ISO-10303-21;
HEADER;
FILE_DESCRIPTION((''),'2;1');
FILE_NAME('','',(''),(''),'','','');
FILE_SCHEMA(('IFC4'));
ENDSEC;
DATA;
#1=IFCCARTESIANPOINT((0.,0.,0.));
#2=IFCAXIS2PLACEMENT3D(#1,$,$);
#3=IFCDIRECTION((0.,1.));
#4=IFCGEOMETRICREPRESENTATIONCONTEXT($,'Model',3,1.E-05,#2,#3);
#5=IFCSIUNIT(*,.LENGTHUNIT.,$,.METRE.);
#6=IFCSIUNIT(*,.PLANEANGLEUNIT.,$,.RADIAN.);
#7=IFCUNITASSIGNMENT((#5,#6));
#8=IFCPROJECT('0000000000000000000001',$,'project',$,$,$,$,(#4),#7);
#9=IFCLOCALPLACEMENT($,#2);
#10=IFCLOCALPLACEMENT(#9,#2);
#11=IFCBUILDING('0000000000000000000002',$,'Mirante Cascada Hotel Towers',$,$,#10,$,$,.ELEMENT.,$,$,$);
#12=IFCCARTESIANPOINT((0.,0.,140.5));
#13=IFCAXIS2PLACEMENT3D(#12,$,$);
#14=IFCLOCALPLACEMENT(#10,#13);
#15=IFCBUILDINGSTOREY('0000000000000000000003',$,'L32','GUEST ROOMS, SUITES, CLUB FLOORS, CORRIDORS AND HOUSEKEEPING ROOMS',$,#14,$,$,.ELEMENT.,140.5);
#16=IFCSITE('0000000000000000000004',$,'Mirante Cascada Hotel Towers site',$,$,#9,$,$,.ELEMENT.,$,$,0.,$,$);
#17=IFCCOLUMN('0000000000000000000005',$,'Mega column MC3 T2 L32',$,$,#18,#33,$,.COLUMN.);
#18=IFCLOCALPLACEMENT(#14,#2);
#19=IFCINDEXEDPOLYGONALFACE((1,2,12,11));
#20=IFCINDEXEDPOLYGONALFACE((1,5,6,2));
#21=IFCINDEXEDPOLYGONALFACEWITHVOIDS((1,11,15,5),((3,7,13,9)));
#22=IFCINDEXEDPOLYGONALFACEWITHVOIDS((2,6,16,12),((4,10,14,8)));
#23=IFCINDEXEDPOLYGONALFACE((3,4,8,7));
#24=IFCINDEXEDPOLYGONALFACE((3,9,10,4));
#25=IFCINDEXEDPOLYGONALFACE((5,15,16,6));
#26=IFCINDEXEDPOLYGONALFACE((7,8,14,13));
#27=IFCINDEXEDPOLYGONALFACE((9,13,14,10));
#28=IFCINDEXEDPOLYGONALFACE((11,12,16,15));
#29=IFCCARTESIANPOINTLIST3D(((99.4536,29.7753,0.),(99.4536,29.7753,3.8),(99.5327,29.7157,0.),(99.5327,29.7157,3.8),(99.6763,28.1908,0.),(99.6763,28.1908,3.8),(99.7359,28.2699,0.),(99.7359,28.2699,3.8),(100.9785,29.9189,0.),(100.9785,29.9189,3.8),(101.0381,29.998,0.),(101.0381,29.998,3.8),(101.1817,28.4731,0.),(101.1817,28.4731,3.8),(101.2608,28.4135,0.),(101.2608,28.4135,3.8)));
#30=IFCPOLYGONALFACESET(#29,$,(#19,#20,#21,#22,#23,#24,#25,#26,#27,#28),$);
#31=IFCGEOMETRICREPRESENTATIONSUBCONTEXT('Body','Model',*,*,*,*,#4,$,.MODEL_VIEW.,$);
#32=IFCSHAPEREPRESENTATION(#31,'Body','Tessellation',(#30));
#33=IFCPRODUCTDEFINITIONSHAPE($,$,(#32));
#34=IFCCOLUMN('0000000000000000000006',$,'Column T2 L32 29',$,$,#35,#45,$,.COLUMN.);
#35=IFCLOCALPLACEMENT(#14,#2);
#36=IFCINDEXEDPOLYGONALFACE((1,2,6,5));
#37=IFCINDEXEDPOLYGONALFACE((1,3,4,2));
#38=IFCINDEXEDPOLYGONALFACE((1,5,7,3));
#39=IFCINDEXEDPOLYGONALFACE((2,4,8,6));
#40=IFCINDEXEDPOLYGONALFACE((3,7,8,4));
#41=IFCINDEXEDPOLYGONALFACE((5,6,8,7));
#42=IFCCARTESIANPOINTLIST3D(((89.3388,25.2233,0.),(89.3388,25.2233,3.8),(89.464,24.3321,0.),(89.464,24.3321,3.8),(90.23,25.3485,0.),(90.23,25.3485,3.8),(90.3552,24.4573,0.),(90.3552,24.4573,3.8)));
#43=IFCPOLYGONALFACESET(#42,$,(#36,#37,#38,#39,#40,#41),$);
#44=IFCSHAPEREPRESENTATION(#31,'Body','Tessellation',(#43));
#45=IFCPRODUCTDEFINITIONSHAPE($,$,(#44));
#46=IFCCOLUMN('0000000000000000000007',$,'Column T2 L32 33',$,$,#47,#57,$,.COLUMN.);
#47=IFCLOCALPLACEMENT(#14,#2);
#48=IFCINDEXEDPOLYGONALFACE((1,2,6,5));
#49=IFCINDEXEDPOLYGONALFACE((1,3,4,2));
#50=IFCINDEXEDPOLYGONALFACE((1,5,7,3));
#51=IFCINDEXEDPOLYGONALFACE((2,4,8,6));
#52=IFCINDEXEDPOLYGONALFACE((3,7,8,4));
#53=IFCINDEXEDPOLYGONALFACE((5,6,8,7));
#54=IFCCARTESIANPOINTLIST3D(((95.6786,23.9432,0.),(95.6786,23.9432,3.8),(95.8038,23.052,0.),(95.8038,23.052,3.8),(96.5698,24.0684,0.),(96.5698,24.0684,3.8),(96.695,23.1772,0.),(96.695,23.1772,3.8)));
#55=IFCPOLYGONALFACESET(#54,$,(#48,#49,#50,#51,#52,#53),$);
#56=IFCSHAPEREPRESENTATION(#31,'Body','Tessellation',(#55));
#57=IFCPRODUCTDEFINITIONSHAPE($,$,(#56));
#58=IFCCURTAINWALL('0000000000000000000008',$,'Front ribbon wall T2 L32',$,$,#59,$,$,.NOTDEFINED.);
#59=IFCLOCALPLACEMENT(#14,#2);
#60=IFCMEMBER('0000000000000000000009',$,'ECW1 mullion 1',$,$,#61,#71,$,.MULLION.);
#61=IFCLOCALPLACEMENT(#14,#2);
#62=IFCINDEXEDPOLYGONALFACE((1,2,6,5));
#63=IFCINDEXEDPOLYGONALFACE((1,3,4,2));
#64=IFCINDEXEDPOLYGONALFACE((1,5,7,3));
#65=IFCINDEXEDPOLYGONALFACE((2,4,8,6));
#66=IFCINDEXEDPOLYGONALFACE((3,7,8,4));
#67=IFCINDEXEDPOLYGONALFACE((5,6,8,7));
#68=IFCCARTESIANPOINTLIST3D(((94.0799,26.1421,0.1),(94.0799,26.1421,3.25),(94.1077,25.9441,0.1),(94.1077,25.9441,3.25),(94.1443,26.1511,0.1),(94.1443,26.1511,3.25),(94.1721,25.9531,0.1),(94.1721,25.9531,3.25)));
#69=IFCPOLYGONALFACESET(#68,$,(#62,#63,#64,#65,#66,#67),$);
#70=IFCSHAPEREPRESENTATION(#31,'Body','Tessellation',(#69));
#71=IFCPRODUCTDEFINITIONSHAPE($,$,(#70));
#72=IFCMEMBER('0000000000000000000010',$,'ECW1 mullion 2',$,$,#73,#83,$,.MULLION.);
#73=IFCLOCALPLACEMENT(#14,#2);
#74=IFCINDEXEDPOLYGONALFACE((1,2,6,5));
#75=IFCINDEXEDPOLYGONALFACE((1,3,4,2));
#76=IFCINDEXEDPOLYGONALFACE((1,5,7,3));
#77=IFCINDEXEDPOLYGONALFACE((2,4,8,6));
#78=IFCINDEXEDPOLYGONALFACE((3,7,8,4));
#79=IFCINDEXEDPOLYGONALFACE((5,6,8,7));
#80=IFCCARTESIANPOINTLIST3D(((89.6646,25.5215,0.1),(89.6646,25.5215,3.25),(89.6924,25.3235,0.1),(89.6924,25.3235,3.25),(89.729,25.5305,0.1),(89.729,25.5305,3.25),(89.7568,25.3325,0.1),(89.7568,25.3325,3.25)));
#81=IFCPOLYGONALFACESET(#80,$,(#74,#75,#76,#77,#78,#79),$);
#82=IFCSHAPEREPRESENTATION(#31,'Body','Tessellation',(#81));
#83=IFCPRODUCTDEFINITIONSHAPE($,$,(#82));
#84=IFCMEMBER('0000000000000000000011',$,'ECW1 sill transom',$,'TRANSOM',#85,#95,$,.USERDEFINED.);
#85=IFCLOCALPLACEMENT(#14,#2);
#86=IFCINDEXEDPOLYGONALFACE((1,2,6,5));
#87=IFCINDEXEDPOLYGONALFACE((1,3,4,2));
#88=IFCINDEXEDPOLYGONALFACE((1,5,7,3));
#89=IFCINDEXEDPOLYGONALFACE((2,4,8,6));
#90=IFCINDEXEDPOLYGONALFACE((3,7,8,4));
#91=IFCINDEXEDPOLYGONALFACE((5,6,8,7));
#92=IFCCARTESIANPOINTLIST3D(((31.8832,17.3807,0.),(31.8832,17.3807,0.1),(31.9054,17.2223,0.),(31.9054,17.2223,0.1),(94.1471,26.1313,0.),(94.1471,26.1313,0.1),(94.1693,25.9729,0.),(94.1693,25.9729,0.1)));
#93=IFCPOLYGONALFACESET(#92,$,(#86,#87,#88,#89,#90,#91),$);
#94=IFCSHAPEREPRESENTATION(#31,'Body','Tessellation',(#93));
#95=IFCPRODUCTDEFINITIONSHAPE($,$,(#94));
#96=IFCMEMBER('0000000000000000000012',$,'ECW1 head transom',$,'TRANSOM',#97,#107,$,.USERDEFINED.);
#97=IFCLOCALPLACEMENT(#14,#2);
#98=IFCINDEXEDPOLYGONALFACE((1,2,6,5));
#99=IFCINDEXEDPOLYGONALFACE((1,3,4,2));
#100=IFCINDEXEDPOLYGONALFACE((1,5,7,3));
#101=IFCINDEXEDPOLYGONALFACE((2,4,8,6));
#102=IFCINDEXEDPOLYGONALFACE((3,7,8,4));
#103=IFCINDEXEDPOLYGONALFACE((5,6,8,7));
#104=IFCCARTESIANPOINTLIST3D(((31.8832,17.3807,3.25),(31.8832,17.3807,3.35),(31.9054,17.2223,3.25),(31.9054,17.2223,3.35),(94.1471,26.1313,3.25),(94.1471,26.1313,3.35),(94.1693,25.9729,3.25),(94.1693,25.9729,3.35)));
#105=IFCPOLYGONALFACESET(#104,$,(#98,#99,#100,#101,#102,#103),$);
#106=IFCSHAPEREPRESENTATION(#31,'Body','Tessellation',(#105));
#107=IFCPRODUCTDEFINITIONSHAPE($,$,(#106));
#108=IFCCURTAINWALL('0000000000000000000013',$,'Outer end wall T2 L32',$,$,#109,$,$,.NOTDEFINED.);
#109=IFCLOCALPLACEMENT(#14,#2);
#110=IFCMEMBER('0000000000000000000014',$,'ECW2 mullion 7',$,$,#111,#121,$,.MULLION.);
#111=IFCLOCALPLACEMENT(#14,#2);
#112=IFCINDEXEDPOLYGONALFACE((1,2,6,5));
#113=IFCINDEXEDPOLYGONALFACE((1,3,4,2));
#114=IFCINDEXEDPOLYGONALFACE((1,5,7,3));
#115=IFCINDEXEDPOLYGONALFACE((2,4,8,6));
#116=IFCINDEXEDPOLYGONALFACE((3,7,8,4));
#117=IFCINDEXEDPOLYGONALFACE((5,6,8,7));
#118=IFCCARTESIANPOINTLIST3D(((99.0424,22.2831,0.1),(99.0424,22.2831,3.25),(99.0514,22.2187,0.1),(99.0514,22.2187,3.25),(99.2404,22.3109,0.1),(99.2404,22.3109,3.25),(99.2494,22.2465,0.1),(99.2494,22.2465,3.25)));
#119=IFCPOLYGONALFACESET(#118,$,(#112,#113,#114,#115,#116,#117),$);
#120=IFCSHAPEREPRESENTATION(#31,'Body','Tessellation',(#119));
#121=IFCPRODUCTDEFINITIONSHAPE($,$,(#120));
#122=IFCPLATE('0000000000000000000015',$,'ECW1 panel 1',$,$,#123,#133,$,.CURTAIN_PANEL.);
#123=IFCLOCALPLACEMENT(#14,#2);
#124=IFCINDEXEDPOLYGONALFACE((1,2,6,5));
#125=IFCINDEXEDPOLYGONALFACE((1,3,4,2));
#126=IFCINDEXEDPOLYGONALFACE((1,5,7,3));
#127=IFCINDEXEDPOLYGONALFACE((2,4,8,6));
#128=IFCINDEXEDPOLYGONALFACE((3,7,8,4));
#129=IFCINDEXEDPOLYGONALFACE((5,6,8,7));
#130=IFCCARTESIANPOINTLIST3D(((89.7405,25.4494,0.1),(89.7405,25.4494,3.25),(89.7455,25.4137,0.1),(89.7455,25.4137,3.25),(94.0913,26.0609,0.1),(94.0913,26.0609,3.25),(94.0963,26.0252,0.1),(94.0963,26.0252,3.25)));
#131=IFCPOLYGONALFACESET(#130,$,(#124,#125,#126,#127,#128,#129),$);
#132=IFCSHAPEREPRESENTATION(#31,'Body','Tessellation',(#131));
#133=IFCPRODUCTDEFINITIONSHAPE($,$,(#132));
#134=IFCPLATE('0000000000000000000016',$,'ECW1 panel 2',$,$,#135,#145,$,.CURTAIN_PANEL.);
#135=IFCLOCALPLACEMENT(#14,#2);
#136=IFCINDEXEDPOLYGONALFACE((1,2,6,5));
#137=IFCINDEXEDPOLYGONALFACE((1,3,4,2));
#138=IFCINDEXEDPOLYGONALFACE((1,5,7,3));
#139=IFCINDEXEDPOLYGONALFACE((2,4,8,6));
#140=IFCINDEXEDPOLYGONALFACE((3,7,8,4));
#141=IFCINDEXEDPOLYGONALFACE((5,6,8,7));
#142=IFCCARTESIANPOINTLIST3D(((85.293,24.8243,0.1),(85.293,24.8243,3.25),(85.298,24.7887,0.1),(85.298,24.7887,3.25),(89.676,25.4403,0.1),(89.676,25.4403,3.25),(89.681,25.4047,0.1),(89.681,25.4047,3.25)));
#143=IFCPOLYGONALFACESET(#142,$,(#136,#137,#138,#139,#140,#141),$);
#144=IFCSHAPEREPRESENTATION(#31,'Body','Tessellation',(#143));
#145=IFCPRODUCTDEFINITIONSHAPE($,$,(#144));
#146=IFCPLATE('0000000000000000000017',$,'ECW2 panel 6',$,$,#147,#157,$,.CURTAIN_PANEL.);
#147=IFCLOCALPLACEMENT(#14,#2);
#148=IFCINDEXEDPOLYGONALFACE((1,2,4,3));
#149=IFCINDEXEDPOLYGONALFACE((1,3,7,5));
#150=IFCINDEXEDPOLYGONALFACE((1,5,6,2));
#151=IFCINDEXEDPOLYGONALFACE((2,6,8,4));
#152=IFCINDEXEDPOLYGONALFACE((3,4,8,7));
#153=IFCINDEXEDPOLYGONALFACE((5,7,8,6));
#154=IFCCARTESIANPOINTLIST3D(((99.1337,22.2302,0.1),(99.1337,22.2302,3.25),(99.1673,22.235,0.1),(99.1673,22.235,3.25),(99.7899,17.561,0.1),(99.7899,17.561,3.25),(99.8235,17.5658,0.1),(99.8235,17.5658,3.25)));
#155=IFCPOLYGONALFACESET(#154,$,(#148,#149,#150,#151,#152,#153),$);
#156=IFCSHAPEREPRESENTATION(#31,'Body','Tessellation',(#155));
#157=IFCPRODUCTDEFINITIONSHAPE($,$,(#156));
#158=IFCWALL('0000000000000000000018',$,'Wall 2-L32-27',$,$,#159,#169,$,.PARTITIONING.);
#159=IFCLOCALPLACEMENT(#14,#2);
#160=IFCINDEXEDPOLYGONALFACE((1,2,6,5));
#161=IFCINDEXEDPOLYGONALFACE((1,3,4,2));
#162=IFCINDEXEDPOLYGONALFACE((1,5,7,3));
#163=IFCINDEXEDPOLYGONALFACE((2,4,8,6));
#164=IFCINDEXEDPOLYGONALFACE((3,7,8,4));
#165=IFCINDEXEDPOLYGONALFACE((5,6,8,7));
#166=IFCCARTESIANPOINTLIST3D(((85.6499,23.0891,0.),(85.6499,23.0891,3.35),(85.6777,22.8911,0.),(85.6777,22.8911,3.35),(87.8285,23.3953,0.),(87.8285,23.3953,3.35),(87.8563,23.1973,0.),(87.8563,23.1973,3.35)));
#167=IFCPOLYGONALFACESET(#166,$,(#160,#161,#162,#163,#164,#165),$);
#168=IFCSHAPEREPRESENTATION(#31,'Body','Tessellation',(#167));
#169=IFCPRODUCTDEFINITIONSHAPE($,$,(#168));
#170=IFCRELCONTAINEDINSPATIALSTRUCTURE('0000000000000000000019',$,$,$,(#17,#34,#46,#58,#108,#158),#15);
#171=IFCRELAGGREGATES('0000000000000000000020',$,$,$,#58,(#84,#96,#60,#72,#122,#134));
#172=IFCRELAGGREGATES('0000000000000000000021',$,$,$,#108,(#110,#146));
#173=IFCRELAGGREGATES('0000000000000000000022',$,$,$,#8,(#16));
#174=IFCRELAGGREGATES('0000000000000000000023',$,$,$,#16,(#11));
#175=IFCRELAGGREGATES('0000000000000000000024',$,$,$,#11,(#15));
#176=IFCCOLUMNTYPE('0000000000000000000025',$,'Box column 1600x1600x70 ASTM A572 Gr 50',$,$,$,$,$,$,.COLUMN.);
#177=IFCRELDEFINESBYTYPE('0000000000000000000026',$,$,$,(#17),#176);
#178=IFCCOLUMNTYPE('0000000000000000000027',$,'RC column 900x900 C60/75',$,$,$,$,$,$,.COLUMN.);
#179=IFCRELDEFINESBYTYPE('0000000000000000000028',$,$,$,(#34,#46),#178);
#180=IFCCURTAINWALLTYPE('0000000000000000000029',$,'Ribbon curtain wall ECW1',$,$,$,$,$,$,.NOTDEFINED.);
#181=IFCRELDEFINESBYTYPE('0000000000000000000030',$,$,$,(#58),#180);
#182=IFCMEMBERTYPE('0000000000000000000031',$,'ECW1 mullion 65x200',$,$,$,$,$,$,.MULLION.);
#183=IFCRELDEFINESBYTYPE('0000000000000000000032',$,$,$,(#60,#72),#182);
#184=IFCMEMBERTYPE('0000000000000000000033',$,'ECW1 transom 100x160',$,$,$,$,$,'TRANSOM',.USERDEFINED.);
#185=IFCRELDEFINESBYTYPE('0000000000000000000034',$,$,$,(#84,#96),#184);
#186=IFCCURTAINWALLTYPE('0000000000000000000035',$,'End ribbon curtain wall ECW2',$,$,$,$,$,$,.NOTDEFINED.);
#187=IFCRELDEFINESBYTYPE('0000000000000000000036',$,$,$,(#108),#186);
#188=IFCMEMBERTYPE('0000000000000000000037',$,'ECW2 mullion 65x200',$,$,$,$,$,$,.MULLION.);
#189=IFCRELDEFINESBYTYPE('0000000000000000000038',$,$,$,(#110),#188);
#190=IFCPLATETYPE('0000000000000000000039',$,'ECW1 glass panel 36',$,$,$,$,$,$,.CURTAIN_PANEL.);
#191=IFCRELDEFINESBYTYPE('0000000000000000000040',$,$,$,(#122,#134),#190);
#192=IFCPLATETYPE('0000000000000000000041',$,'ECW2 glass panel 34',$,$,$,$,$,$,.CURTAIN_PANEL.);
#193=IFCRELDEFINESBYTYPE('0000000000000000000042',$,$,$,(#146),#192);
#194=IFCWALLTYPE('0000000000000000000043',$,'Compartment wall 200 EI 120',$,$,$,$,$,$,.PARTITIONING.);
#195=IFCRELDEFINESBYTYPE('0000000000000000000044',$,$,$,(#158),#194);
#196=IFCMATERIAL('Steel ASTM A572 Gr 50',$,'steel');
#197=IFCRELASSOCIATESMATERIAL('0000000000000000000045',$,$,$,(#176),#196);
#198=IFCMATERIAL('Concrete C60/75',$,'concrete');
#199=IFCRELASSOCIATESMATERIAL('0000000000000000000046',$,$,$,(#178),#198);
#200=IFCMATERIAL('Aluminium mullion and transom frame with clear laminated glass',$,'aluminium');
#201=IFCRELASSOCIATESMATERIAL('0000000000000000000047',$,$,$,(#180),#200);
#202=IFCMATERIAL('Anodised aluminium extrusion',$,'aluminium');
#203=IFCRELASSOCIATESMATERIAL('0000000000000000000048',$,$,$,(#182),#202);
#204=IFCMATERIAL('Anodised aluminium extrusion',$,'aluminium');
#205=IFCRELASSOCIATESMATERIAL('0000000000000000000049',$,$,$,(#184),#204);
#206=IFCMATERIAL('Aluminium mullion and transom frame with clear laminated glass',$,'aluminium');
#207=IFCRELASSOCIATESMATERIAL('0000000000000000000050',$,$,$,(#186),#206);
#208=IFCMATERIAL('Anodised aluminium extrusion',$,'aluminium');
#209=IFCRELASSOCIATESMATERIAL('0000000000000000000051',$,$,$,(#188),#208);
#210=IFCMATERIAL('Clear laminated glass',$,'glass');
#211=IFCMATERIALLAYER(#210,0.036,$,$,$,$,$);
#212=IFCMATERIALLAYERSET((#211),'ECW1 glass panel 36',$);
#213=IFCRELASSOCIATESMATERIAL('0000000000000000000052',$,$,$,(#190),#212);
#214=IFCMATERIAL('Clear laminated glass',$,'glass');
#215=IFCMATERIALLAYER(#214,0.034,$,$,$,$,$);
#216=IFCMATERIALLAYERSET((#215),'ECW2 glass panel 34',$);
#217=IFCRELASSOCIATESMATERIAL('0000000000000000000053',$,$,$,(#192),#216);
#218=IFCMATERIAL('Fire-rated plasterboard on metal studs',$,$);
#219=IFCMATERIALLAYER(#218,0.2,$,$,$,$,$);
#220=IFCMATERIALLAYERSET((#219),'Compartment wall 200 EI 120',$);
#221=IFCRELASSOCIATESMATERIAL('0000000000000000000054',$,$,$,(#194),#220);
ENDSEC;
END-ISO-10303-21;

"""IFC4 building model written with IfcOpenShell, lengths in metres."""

from ifc_helpers import new_model, si_unit, direction, frame, frame_2d, origin, origin_2d, place, context, subcontext, project, spatial, rectangle, hollow_rectangle, extrude, material, layer, layer_set, material_profile, profile_set, type_object, element, aggregate, save


model = new_model("IFC4")

# Units and contexts
model_context = context("Model", 3, precision=1e-05, world=origin(), true_north=direction((0.0, 1.0)))
body_context = subcontext(model_context, "Body", "Model", "MODEL_VIEW")
ifc_project = project(units=[si_unit("LENGTHUNIT", "METRE"), si_unit("PLANEANGLEUNIT", "RADIAN")], contexts=[model_context])

# Site, building, storey
site_placement = place(None, origin())
site = spatial("IfcSite", under=ifc_project, at=site_placement, Name="Mirante Cascada Hotel Towers site", CompositionType="ELEMENT", RefElevation=0.0)
building_placement = place(site_placement, origin())
building = spatial("IfcBuilding", under=site, at=building_placement, Name="Mirante Cascada Hotel Towers", CompositionType="ELEMENT")
storey_placement = place(building_placement, frame((0.0, 0.0, 140.5)))
storey = spatial("IfcBuildingStorey", under=building, at=storey_placement, Name="L32", Description="GUEST ROOMS, SUITES, CLUB FLOORS, CORRIDORS AND HOUSEKEEPING ROOMS", CompositionType="ELEMENT", Elevation=140.5)

# Columns
ifc_material_1 = material(Name="Steel ASTM A572 Gr 50", Category="steel")
ifc_material_profile_1 = material_profile(ifc_material_1, hollow_rectangle(XDim=1.6, YDim=1.6, WallThickness=0.07, at=origin_2d()), Name="Box column 1600x1600x70 ASTM A572 Gr 50")
ifc_profile_set_1 = profile_set([ifc_material_profile_1], Name="Steel ASTM A572 Gr 50")
column_type_1 = type_object("IfcColumnType", Name="Box column 1600x1600x70 ASTM A572 Gr 50", PredefinedType="COLUMN", material=ifc_profile_set_1)
column_placement = place(storey_placement, frame((100.3572, 29.0944, 0.0), z_axis=(0.0, 0.0, 1.0), x_axis=(0.990268, 0.139173, 0.0)))
element("IfcColumn", 1, at=column_placement, inside=storey, type_object=column_type_1, Name="Mega column MC3 T2 L32", PredefinedType="COLUMN", context=body_context, shape_type="SweptSolid", body=[
    extrude(hollow_rectangle(XDim=1.6, YDim=1.6, WallThickness=0.07, at=origin_2d()), origin(), (0.0, 0.0, 1.0), 3.8),
])
ifc_material_2 = material(Name="Concrete C60/75", Category="concrete")
ifc_material_profile_2 = material_profile(ifc_material_2, rectangle(XDim=0.9, YDim=0.9, at=origin_2d()), Name="RC column 900x900 C60/75")
ifc_profile_set_2 = profile_set([ifc_material_profile_2], Name="Concrete C60/75")
column_type_2 = type_object("IfcColumnType", Name="RC column 900x900 C60/75", PredefinedType="COLUMN", material=ifc_profile_set_2)
for number, where, z_axis, x_axis, name in (
    (2, (89.847, 24.8403, 0.0), (0.0, 0.0, 1.0), (0.990268, 0.139173, 0.0), "Column T2 L32 29"),
    (3, (96.1868, 23.5602, 0.0), (0.0, 0.0, 1.0), (0.990268, 0.139173, 0.0), "Column T2 L32 33"),
):
    element("IfcColumn", number, at=place(storey_placement, frame(where, z_axis=z_axis, x_axis=x_axis)), inside=storey, type_object=column_type_2, Name=name, PredefinedType="COLUMN", context=body_context, shape_type="SweptSolid", body=[
        extrude(rectangle(XDim=0.9, YDim=0.9, at=origin_2d()), origin(), (0.0, 0.0, 1.0), 3.8),
    ])

# Curtain wall, members
ifc_material_3 = material(Name="Aluminium mullion and transom frame with clear laminated glass", Category="aluminium")
curtain_wall_type_1 = type_object("IfcCurtainWallType", Name="Ribbon curtain wall ECW1", PredefinedType="NOTDEFINED", material=ifc_material_3)
curtain_wall_1_placement = place(storey_placement, origin())
curtain_wall_1 = element("IfcCurtainWall", 4, at=curtain_wall_1_placement, inside=storey, type_object=curtain_wall_type_1, Name="Front ribbon wall T2 L32", PredefinedType="NOTDEFINED")
ifc_material_4 = material(Name="Anodised aluminium extrusion", Category="aluminium")
ifc_material_profile_3 = material_profile(ifc_material_4, rectangle(XDim=0.2, YDim=0.065, at=origin_2d()), Name="ECW1 MULLION 65x200")
ifc_profile_set_3 = profile_set([ifc_material_profile_3], Name="Anodised aluminium extrusion")
member_type_1 = type_object("IfcMemberType", Name="ECW1 mullion 65x200", PredefinedType="MULLION", material=ifc_profile_set_3)
member_1_placement = place(storey_placement, frame((94.126, 26.0476, 0.1), z_axis=(0.0, 0.0, 1.0), x_axis=(0.139173, -0.990268, 0.0)))
member_1 = element("IfcMember", 5, at=member_1_placement, type_object=member_type_1, Name="ECW1 mullion 1", PredefinedType="MULLION", context=body_context, shape_type="SweptSolid", body=[
    extrude(rectangle(XDim=0.2, YDim=0.065, at=origin_2d()), origin(), (0.0, 0.0, 1.0), 3.15),
])
member_2_placement = place(storey_placement, frame((89.7107, 25.427, 0.1), z_axis=(0.0, 0.0, 1.0), x_axis=(0.139173, -0.990268, 0.0)))
member_2 = element("IfcMember", 6, at=member_2_placement, type_object=member_type_1, Name="ECW1 mullion 2", PredefinedType="MULLION", context=body_context, shape_type="SweptSolid", body=[
    extrude(rectangle(XDim=0.2, YDim=0.065, at=origin_2d()), origin(), (0.0, 0.0, 1.0), 3.15),
])
ifc_material_5 = material(Name="Anodised aluminium extrusion", Category="aluminium")
ifc_material_profile_4 = material_profile(ifc_material_5, rectangle(XDim=0.16, YDim=0.1, at=origin_2d()), Name="ECW1 TRANSOM 100x160")
ifc_profile_set_4 = profile_set([ifc_material_profile_4], Name="Anodised aluminium extrusion")
member_type_2 = type_object("IfcMemberType", Name="ECW1 transom 100x160", ElementType="TRANSOM", PredefinedType="USERDEFINED", material=ifc_profile_set_4)
member_3_placement = place(storey_placement, frame((94.1582, 26.0521, 0.05), z_axis=(-0.990268, -0.139173, 0.0), x_axis=(0.139173, -0.990268, 0.0)))
member_3 = element("IfcMember", 7, at=member_3_placement, type_object=member_type_2, Name="ECW1 sill transom", ObjectType="TRANSOM", PredefinedType="USERDEFINED", context=body_context, shape_type="SweptSolid", body=[
    extrude(rectangle(XDim=0.16, YDim=0.1, at=origin_2d()), origin(), (0.0, 0.0, 1.0), 62.8758),
])
member_4_placement = place(storey_placement, frame((94.1582, 26.0521, 3.3), z_axis=(-0.990268, -0.139173, 0.0), x_axis=(0.139173, -0.990268, 0.0)))
member_4 = element("IfcMember", 8, at=member_4_placement, type_object=member_type_2, Name="ECW1 head transom", ObjectType="TRANSOM", PredefinedType="USERDEFINED", context=body_context, shape_type="SweptSolid", body=[
    extrude(rectangle(XDim=0.16, YDim=0.1, at=origin_2d()), origin(), (0.0, 0.0, 1.0), 62.8758),
])

# Curtain wall, member
ifc_material_6 = material(Name="Aluminium mullion and transom frame with clear laminated glass", Category="aluminium")
curtain_wall_type_2 = type_object("IfcCurtainWallType", Name="End ribbon curtain wall ECW2", PredefinedType="NOTDEFINED", material=ifc_material_6)
curtain_wall_2_placement = place(storey_placement, origin())
curtain_wall_2 = element("IfcCurtainWall", 9, at=curtain_wall_2_placement, inside=storey, type_object=curtain_wall_type_2, Name="Outer end wall T2 L32", PredefinedType="NOTDEFINED")
ifc_material_7 = material(Name="Anodised aluminium extrusion", Category="aluminium")
ifc_material_profile_5 = material_profile(ifc_material_7, rectangle(XDim=0.2, YDim=0.065, at=origin_2d()), Name="ECW2 MULLION 65x200")
ifc_profile_set_5 = profile_set([ifc_material_profile_5], Name="Anodised aluminium extrusion")
member_type_3 = type_object("IfcMemberType", Name="ECW2 mullion 65x200", PredefinedType="MULLION", material=ifc_profile_set_5)
member_5_placement = place(storey_placement, frame((99.1459, 22.2648, 0.1), z_axis=(0.0, 0.0, 1.0), x_axis=(-0.990268, -0.139173, 0.0)))
member_5 = element("IfcMember", 10, at=member_5_placement, type_object=member_type_3, Name="ECW2 mullion 7", PredefinedType="MULLION", context=body_context, shape_type="SweptSolid", body=[
    extrude(rectangle(XDim=0.2, YDim=0.065, at=origin_2d()), origin(), (0.0, 0.0, 1.0), 3.15),
])

# Plates
ifc_material_8 = material(Name="Clear laminated glass", Category="glass")
ifc_layer_1 = layer(ifc_material_8, 0.036)
ifc_layer_set_1 = layer_set([ifc_layer_1], Name="ECW1 glass panel 36")
plate_type_1 = type_object("IfcPlateType", Name="ECW1 glass panel 36", PredefinedType="CURTAIN_PANEL", material=ifc_layer_set_1)
plate_1_placement = place(storey_placement, frame((91.9184, 25.7373, 0.1), z_axis=(0.0, 0.0, 1.0), x_axis=(-0.990268, -0.139173, 0.0)))
plate_1 = element("IfcPlate", 11, at=plate_1_placement, type_object=plate_type_1, Name="ECW1 panel 1", PredefinedType="CURTAIN_PANEL", context=body_context, shape_type="SweptSolid", body=[
    extrude(rectangle(XDim=4.3936, YDim=0.036, at=origin_2d()), origin(), (0.0, 0.0, 1.0), 3.15),
])
plate_2_placement = place(storey_placement, frame((87.487, 25.1145, 0.1), z_axis=(0.0, 0.0, 1.0), x_axis=(-0.990268, -0.139173, 0.0)))
plate_2 = element("IfcPlate", 12, at=plate_2_placement, type_object=plate_type_1, Name="ECW1 panel 2", PredefinedType="CURTAIN_PANEL", context=body_context, shape_type="SweptSolid", body=[
    extrude(rectangle(XDim=4.4261, YDim=0.036, at=origin_2d()), origin(), (0.0, 0.0, 1.0), 3.15),
])
aggregate(curtain_wall_1, [member_3, member_4, member_1, member_2, plate_1, plate_2])
ifc_material_9 = material(Name="Clear laminated glass", Category="glass")
ifc_layer_2 = layer(ifc_material_9, 0.034)
ifc_layer_set_2 = layer_set([ifc_layer_2], Name="ECW2 glass panel 34")
plate_type_2 = type_object("IfcPlateType", Name="ECW2 glass panel 34", PredefinedType="CURTAIN_PANEL", material=ifc_layer_set_2)
plate_3_placement = place(storey_placement, frame((99.4786, 19.898, 0.1), z_axis=(0.0, 0.0, 1.0), x_axis=(-0.139173, 0.990268, 0.0)))
plate_3 = element("IfcPlate", 13, at=plate_3_placement, type_object=plate_type_2, Name="ECW2 panel 6", PredefinedType="CURTAIN_PANEL", context=body_context, shape_type="SweptSolid", body=[
    extrude(rectangle(XDim=4.7151, YDim=0.034, at=origin_2d()), origin(), (0.0, 0.0, 1.0), 3.15),
])
aggregate(curtain_wall_2, [member_5, plate_3])

# Wall
ifc_material_10 = material(Name="Fire-rated plasterboard on metal studs")
ifc_layer_3 = layer(ifc_material_10, 0.2)
ifc_layer_set_3 = layer_set([ifc_layer_3], Name="Compartment wall 200 EI 120")
wall_type_1 = type_object("IfcWallType", Name="Compartment wall 200 EI 120", PredefinedType="PARTITIONING", material=ifc_layer_set_3)
wall_1_placement = place(storey_placement, frame((85.6638, 22.9901, 0.0), z_axis=(0.0, 0.0, 1.0), x_axis=(0.990267, 0.139181, 0.0)))
element("IfcWall", 14, at=wall_1_placement, inside=storey, type_object=wall_type_1, Name="Wall 2-L32-27", PredefinedType="PARTITIONING", context=body_context, shape_type="SweptSolid", body=[
    extrude(rectangle(XDim=2.2, YDim=0.2, at=frame_2d((1.1, 0.0))), origin(), (0.0, 0.0, 1.0), 3.35),
])

save(model, "model.ifc")
